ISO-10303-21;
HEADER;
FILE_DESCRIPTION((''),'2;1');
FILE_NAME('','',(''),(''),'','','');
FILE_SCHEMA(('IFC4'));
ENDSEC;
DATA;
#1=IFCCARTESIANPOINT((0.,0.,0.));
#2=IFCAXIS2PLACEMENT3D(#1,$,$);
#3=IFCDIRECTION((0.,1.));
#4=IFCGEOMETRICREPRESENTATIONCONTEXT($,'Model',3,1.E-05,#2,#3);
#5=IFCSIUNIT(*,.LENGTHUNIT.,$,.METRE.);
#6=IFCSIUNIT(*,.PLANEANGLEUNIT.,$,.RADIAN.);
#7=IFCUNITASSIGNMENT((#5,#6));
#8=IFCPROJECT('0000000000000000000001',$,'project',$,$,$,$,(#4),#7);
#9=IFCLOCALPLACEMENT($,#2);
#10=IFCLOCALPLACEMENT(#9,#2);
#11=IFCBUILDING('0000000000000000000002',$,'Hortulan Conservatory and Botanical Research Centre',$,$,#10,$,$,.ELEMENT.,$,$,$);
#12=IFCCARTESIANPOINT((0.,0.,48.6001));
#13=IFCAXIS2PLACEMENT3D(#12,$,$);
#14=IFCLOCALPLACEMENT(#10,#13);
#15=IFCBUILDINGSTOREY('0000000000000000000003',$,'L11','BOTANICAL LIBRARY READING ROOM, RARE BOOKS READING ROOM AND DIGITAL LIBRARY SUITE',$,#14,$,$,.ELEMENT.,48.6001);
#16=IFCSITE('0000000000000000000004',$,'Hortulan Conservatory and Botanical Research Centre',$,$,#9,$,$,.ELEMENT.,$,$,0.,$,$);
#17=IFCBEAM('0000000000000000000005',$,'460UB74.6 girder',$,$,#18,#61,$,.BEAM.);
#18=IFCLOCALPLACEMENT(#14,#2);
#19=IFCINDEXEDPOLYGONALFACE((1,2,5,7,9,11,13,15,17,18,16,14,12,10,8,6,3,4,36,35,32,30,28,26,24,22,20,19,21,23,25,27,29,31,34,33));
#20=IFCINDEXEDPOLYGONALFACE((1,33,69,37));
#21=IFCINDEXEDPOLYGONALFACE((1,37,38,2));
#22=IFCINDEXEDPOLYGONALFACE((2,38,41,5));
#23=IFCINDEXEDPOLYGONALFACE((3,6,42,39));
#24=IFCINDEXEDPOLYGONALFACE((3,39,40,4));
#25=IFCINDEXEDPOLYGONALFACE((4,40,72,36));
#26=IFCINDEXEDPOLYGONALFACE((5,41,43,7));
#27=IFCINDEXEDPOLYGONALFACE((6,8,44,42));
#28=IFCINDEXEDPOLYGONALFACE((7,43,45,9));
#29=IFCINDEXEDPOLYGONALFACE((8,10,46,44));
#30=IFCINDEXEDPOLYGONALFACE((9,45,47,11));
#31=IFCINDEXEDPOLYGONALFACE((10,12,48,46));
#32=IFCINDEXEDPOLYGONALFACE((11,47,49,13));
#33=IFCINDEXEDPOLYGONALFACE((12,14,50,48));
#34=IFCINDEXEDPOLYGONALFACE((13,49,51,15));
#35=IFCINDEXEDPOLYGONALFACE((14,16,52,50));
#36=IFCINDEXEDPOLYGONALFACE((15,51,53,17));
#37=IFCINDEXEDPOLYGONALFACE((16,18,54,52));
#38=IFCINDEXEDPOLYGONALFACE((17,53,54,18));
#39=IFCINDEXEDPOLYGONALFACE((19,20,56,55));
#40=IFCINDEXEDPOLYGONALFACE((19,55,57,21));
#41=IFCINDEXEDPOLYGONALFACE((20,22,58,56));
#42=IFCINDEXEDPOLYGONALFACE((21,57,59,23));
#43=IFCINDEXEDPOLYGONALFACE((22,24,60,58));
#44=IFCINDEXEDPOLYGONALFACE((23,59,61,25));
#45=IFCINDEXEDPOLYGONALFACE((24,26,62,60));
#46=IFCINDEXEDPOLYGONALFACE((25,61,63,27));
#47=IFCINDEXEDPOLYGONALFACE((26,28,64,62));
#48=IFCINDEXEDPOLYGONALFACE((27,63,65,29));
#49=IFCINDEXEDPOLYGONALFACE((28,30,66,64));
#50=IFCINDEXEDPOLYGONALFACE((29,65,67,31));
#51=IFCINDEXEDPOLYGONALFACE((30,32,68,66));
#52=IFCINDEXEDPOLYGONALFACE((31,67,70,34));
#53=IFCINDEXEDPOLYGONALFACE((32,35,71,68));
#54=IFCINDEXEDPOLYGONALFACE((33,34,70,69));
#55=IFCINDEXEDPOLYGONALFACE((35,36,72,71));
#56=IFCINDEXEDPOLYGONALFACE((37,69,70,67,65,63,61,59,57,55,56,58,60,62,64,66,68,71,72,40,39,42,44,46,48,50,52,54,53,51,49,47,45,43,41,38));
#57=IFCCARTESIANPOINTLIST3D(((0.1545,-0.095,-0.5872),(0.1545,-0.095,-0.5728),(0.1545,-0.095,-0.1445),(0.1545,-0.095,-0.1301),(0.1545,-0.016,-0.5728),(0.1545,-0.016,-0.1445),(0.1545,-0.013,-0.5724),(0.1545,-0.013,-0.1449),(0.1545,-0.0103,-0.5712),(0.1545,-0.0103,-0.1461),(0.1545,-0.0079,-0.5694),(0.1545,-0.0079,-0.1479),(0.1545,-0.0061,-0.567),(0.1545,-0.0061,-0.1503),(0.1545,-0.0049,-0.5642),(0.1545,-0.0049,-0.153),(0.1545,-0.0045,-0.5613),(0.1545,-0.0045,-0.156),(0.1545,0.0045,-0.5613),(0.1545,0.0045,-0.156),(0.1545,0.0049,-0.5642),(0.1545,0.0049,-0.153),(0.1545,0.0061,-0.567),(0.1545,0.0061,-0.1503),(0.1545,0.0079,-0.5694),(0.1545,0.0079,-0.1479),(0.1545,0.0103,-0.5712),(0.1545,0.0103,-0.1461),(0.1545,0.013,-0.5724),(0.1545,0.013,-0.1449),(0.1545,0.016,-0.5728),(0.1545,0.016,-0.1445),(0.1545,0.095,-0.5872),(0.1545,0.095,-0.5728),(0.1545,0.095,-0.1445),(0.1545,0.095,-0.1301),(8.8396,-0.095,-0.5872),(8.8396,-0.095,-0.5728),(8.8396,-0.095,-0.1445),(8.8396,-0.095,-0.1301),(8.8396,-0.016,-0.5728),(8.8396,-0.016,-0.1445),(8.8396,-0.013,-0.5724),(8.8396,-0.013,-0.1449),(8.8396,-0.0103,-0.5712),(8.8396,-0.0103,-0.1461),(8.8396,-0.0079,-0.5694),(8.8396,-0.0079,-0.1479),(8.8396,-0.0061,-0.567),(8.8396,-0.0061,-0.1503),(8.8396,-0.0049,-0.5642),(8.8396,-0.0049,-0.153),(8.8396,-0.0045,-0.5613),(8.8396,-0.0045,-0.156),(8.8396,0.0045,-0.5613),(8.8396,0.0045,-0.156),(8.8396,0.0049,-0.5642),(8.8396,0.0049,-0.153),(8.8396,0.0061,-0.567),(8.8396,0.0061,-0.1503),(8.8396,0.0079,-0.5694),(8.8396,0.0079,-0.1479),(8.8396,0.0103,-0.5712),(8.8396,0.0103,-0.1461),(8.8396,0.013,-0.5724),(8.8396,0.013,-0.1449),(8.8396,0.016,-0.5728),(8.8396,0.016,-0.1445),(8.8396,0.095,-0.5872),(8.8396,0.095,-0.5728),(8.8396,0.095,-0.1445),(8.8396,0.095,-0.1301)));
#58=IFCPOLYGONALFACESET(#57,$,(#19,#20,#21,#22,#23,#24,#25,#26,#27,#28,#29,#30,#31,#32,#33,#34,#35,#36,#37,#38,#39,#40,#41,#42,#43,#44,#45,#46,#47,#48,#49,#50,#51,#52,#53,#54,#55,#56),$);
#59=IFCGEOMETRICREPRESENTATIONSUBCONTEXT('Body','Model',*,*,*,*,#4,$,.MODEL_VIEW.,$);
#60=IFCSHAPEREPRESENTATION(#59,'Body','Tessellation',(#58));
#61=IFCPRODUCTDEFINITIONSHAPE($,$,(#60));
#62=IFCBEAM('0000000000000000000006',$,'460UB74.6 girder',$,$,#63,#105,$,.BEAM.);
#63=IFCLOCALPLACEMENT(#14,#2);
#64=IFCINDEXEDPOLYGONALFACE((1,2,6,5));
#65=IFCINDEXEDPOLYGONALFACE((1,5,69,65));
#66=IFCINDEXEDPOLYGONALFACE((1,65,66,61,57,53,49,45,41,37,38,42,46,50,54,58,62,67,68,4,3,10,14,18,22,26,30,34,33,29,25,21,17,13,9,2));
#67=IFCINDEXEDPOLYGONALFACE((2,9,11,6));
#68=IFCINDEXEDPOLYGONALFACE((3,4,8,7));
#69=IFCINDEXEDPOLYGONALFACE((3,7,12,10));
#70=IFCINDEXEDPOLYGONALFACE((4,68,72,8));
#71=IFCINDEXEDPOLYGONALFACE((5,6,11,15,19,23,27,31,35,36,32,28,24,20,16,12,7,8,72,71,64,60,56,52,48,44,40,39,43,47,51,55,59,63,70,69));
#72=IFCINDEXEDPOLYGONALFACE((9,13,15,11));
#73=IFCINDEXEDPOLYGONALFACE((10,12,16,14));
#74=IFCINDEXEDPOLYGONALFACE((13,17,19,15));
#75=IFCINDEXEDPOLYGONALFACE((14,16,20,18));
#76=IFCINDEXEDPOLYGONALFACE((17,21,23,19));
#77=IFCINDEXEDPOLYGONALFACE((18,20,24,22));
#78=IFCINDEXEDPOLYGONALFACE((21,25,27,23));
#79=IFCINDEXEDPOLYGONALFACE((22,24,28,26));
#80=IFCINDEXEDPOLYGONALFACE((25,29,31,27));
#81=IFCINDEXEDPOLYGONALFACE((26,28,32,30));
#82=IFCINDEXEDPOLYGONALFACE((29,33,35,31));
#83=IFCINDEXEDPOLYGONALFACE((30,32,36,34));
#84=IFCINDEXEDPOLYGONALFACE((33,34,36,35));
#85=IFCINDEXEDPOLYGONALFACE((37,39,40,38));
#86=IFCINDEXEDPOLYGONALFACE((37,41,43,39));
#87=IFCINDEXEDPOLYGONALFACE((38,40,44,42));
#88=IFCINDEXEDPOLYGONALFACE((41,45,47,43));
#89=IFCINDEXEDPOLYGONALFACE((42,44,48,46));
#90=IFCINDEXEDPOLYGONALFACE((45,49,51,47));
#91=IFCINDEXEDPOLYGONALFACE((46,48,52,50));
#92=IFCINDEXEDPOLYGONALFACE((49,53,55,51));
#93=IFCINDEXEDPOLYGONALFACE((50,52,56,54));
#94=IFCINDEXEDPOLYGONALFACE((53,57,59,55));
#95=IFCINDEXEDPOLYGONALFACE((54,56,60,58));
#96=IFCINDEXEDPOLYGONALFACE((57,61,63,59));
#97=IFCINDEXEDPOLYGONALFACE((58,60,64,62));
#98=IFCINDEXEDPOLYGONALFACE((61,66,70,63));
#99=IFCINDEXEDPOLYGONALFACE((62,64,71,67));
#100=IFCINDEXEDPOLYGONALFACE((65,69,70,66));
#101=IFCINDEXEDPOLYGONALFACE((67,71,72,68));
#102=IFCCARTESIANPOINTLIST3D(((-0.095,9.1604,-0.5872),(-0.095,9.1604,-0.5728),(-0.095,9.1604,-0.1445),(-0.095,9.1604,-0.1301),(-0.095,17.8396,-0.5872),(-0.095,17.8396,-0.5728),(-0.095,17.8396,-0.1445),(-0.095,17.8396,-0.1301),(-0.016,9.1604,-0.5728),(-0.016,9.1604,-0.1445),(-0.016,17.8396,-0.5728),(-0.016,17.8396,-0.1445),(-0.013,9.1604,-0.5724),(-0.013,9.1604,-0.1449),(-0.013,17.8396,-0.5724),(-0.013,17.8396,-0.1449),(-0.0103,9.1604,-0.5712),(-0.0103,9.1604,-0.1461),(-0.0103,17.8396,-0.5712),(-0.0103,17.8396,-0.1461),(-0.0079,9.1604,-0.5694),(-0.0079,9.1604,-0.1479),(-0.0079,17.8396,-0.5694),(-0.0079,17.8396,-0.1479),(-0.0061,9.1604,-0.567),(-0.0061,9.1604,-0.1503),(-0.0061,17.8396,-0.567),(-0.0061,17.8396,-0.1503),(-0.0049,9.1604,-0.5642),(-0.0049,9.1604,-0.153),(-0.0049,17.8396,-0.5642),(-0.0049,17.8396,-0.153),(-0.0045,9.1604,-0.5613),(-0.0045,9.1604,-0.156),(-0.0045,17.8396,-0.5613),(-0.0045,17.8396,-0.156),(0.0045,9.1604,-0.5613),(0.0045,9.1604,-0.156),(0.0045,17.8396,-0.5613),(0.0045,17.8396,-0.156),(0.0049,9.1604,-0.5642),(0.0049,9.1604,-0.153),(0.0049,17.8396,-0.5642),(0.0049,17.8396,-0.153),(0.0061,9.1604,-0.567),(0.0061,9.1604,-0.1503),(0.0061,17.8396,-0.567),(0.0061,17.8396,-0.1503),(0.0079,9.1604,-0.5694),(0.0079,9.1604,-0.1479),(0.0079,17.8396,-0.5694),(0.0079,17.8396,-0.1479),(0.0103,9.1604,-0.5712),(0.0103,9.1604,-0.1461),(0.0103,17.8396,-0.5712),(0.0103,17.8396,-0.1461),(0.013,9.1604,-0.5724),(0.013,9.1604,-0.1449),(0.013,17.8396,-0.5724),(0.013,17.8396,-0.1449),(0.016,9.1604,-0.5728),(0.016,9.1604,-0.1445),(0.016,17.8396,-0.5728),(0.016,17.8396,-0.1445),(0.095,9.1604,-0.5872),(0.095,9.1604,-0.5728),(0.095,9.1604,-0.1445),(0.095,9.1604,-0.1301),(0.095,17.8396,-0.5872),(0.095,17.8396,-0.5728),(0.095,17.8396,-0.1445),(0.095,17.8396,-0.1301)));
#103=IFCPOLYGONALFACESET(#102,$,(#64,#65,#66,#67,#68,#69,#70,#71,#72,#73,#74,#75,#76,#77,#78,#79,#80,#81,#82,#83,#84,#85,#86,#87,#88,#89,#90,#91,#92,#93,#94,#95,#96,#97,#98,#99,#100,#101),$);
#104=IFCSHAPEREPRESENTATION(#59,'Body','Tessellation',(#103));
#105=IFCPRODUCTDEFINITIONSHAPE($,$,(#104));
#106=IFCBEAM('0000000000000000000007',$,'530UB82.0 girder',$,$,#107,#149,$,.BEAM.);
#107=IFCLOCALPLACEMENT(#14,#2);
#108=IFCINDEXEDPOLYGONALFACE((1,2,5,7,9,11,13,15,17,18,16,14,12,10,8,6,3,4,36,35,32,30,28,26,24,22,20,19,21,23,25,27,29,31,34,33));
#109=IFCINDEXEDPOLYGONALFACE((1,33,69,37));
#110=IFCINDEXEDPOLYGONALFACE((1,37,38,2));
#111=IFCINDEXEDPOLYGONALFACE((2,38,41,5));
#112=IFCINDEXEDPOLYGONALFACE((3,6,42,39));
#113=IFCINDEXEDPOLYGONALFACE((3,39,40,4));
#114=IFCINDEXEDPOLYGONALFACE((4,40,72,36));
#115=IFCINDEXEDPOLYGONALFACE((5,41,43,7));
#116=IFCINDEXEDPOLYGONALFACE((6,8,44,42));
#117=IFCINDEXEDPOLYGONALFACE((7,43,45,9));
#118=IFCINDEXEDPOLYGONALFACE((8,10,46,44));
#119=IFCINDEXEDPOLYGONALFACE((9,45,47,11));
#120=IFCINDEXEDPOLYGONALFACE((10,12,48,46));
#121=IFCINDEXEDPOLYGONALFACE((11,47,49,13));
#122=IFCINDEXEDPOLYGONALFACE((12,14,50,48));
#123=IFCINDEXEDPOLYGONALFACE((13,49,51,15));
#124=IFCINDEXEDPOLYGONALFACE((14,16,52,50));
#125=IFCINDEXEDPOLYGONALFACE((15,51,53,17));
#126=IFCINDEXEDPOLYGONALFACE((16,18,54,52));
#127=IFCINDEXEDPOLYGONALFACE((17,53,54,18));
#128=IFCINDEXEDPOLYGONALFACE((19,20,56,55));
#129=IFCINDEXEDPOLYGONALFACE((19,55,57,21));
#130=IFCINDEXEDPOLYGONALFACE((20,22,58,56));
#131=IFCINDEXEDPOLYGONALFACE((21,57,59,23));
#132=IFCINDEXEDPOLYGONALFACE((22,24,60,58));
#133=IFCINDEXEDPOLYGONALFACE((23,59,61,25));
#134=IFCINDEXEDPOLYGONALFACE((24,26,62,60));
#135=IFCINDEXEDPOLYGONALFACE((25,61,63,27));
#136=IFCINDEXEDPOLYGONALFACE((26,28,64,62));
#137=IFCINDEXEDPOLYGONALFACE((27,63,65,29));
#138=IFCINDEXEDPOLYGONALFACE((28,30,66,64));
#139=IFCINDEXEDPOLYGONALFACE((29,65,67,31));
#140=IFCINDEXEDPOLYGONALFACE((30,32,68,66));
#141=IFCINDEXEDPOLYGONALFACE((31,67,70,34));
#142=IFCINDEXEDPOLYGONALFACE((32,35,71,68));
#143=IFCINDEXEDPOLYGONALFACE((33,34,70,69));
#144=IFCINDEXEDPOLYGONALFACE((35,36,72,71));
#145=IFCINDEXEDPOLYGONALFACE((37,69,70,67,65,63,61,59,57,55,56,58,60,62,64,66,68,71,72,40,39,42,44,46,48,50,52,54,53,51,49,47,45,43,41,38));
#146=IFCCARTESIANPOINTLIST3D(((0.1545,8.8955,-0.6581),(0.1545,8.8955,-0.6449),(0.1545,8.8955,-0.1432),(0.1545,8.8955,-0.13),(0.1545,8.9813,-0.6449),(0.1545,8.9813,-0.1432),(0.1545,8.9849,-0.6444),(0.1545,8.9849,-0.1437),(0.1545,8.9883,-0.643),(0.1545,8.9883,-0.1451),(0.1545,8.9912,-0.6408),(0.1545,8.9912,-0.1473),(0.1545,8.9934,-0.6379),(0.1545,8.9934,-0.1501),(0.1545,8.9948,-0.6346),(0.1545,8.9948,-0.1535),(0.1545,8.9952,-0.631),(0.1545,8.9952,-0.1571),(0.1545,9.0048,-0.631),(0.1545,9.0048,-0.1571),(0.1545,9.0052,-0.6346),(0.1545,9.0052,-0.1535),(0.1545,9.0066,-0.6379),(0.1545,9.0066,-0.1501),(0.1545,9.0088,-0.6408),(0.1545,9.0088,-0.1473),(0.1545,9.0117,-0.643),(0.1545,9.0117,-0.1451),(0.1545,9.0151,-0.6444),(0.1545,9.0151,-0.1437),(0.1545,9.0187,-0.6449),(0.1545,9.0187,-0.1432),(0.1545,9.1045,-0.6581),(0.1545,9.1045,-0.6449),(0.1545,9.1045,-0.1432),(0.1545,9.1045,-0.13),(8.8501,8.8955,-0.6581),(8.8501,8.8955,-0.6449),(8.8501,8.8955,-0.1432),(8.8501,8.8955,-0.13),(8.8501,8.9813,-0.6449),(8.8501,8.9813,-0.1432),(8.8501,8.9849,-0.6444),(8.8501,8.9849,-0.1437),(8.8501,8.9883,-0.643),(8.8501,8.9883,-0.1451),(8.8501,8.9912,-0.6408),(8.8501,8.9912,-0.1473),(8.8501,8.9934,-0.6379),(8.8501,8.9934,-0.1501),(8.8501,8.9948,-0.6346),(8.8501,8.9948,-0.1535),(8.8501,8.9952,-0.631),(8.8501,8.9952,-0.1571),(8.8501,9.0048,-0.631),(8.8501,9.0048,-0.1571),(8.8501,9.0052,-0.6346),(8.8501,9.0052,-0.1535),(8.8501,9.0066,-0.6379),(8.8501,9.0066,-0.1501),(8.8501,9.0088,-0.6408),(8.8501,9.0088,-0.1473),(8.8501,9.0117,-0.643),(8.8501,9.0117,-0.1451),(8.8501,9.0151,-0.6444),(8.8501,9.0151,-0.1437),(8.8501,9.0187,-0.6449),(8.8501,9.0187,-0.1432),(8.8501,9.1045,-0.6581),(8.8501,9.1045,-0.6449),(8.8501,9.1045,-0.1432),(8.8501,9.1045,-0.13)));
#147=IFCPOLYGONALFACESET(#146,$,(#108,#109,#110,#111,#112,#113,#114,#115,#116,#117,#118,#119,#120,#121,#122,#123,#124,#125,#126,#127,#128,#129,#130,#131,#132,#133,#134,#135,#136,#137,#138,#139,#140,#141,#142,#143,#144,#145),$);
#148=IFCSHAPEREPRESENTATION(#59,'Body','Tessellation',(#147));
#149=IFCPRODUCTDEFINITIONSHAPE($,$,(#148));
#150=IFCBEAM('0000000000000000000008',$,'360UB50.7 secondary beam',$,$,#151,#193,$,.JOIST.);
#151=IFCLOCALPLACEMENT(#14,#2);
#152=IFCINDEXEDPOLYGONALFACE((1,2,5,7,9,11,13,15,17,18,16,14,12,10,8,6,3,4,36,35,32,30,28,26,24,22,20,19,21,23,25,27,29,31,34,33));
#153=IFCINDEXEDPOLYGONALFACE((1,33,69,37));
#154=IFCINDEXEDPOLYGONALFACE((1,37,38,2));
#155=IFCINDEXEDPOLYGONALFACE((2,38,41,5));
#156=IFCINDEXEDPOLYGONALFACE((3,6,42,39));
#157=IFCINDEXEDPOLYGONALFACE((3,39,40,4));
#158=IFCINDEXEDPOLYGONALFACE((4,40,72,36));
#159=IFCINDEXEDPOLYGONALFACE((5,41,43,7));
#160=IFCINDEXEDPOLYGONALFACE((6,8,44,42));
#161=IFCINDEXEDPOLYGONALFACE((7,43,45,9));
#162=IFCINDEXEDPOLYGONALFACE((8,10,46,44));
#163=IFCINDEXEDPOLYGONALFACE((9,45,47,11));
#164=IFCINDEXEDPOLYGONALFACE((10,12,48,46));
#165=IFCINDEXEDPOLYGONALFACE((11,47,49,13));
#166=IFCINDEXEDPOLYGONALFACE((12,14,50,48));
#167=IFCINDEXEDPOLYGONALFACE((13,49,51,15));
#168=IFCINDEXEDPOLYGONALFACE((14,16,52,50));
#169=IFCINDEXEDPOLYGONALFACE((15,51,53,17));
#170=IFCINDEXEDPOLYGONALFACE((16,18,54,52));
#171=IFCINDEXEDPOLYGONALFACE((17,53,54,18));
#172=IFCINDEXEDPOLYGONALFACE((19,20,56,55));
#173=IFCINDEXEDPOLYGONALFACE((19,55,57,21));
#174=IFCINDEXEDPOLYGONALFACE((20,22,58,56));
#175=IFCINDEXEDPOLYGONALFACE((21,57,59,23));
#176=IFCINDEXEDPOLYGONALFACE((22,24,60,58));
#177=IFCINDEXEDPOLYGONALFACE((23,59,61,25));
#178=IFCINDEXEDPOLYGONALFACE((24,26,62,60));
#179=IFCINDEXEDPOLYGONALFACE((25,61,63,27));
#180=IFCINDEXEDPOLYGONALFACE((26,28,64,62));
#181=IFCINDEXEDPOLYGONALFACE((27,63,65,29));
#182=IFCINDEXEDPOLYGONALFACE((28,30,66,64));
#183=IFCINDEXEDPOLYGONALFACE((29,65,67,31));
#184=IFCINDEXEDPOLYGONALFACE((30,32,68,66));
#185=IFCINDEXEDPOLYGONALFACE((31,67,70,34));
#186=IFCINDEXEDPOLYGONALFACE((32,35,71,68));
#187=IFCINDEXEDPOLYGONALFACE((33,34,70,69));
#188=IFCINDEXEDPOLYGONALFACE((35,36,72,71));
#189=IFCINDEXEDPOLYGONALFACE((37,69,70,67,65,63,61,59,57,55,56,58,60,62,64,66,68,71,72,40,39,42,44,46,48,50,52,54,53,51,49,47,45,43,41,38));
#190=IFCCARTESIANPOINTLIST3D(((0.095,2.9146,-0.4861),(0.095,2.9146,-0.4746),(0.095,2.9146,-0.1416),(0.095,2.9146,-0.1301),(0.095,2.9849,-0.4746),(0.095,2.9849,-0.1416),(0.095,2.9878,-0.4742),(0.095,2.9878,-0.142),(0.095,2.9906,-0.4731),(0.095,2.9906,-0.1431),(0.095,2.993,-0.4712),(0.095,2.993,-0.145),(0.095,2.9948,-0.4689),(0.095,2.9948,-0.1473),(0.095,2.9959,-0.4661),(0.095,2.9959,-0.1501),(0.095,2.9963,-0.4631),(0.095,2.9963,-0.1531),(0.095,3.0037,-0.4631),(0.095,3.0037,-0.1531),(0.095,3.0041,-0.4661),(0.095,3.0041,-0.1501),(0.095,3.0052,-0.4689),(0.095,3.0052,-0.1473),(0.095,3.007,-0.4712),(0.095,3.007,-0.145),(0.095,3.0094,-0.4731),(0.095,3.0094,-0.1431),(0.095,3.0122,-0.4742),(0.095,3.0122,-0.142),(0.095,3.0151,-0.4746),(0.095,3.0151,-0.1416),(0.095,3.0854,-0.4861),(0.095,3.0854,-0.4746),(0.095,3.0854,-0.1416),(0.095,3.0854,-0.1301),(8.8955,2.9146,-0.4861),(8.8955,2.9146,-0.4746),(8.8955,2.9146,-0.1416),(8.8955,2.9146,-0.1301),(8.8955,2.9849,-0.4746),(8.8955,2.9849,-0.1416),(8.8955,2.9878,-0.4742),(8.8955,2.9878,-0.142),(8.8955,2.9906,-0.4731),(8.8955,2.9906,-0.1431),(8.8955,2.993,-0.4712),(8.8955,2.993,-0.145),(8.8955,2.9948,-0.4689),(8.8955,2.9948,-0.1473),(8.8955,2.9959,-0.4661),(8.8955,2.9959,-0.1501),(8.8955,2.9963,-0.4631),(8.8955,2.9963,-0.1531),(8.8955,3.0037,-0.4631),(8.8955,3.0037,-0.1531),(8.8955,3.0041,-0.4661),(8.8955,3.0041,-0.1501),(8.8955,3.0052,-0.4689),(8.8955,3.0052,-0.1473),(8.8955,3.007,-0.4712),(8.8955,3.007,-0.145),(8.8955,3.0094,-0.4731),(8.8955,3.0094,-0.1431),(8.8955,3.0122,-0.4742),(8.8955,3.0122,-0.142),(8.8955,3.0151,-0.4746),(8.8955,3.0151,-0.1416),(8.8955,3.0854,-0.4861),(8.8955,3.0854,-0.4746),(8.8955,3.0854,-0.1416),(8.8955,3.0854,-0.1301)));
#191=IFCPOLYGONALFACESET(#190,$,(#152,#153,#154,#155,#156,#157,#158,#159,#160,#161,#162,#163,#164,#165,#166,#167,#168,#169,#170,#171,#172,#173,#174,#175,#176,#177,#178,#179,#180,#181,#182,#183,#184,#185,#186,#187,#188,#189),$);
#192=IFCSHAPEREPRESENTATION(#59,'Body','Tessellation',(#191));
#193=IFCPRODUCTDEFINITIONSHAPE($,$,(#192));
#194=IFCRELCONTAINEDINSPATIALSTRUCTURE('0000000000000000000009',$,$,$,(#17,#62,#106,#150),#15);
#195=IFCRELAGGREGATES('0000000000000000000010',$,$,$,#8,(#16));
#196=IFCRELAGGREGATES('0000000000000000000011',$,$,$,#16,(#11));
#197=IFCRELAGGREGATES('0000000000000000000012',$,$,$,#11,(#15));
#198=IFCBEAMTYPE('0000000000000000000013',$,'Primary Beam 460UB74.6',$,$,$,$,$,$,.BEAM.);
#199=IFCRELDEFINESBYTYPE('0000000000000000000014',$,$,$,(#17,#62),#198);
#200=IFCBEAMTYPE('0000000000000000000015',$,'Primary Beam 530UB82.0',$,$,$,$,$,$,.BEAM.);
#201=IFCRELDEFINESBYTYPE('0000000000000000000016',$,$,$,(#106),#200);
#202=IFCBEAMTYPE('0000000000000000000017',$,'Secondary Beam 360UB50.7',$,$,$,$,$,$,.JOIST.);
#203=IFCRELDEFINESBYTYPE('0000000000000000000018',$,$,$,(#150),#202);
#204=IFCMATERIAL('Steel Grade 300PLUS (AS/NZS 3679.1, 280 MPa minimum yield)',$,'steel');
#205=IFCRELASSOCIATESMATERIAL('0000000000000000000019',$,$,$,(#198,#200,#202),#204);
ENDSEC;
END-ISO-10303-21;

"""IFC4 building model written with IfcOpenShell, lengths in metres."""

from ifc_helpers import new_model, si_unit, direction, frame, origin, origin_2d, place, context, subcontext, project, spatial, i_section, extrude, material, material_profile, profile_set, type_object, element, save


model = new_model("IFC4")

# Units and contexts
model_context = context("Model", 3, precision=1e-05, world=origin(), true_north=direction((0.0, 1.0)))
body_context = subcontext(model_context, "Body", "Model", "MODEL_VIEW")
ifc_project = project(units=[si_unit("LENGTHUNIT", "METRE"), si_unit("PLANEANGLEUNIT", "RADIAN")], contexts=[model_context])

# Site, building, storey
site_placement = place(None, origin())
site = spatial("IfcSite", under=ifc_project, at=site_placement, Name="Hortulan Conservatory and Botanical Research Centre", CompositionType="ELEMENT", RefElevation=0.0)
building_placement = place(site_placement, origin())
building = spatial("IfcBuilding", under=site, at=building_placement, Name="Hortulan Conservatory and Botanical Research Centre", CompositionType="ELEMENT")
storey_placement = place(building_placement, frame((0.0, 0.0, 48.6001)))
storey = spatial("IfcBuildingStorey", under=building, at=storey_placement, Name="L11", Description="BOTANICAL LIBRARY READING ROOM, RARE BOOKS READING ROOM AND DIGITAL LIBRARY SUITE", CompositionType="ELEMENT", Elevation=48.6001)

# Shared definitions
ifc_material_1 = material(Name="Steel Grade 300PLUS (AS/NZS 3679.1, 280 MPa minimum yield)", Category="steel")

# Beams
ifc_material_profile_1 = material_profile(ifc_material_1, i_section(OverallWidth=0.1899, OverallDepth=0.457, WebThickness=0.009, FlangeThickness=0.0144, FilletRadius=0.0115, at=origin_2d()), Name="460UB74.6")
ifc_profile_set_1 = profile_set([ifc_material_profile_1], Name="Steel Grade 300PLUS (AS/NZS 3679.1, 280 MPa minimum yield)")
beam_type_1 = type_object("IfcBeamType", Name="Primary Beam 460UB74.6", PredefinedType="BEAM", material=ifc_profile_set_1)
beam_1_placement = place(storey_placement, frame((0.1545, 0.0, -0.3586), z_axis=(1.0, 0.0, 0.0), x_axis=(0.0, 1.0, 0.0)))
element("IfcBeam", 1, at=beam_1_placement, inside=storey, type_object=beam_type_1, Name="460UB74.6 girder", PredefinedType="BEAM", context=body_context, shape_type="SweptSolid", body=[
    extrude(i_section(OverallWidth=0.1899, OverallDepth=0.457, WebThickness=0.009, FlangeThickness=0.0144, FilletRadius=0.0115, at=origin_2d()), origin(), (0.0, 0.0, 1.0), 8.6851),
])
beam_2_placement = place(storey_placement, frame((0.0, 9.1604, -0.3586), z_axis=(0.0, 1.0, 0.0), x_axis=(-1.0, 0.0, 0.0)))
element("IfcBeam", 2, at=beam_2_placement, inside=storey, type_object=beam_type_1, Name="460UB74.6 girder", PredefinedType="BEAM", context=body_context, shape_type="SweptSolid", body=[
    extrude(i_section(OverallWidth=0.1899, OverallDepth=0.457, WebThickness=0.009, FlangeThickness=0.0144, FilletRadius=0.0115, at=origin_2d()), origin(), (0.0, 0.0, 1.0), 8.6792),
])
ifc_material_profile_2 = material_profile(ifc_material_1, i_section(OverallWidth=0.209, OverallDepth=0.5281, WebThickness=0.0095, FlangeThickness=0.0132, FilletRadius=0.0139, at=origin_2d()), Name="530UB82.0")
ifc_profile_set_2 = profile_set([ifc_material_profile_2], Name="Steel Grade 300PLUS (AS/NZS 3679.1, 280 MPa minimum yield)")
beam_type_2 = type_object("IfcBeamType", Name="Primary Beam 530UB82.0", PredefinedType="BEAM", material=ifc_profile_set_2)
beam_3_placement = place(storey_placement, frame((0.1545, 9.0, -0.394), z_axis=(1.0, 0.0, 0.0), x_axis=(0.0, 1.0, 0.0)))
element("IfcBeam", 3, at=beam_3_placement, inside=storey, type_object=beam_type_2, Name="530UB82.0 girder", PredefinedType="BEAM", context=body_context, shape_type="SweptSolid", body=[
    extrude(i_section(OverallWidth=0.209, OverallDepth=0.5281, WebThickness=0.0095, FlangeThickness=0.0132, FilletRadius=0.0139, at=origin_2d()), origin(), (0.0, 0.0, 1.0), 8.6956),
])
ifc_material_profile_3 = material_profile(ifc_material_1, i_section(OverallWidth=0.1709, OverallDepth=0.356, WebThickness=0.0073, FlangeThickness=0.0115, FilletRadius=0.0115, at=origin_2d()), Name="360UB50.7")
ifc_profile_set_3 = profile_set([ifc_material_profile_3], Name="Steel Grade 300PLUS (AS/NZS 3679.1, 280 MPa minimum yield)")
beam_type_3 = type_object("IfcBeamType", Name="Secondary Beam 360UB50.7", PredefinedType="JOIST", material=ifc_profile_set_3)
for number, where, z_axis, x_axis, name in (
    (4, (0.095, 3.0, -0.3081), (1.0, 0.0, 0.0), (0.0, 1.0, 0.0), "360UB50.7 secondary beam"),
):
    element("IfcBeam", number, at=place(storey_placement, frame(where, z_axis=z_axis, x_axis=x_axis)), inside=storey, type_object=beam_type_3, Name=name, PredefinedType="JOIST", context=body_context, shape_type="SweptSolid", body=[
        extrude(i_section(OverallWidth=0.1709, OverallDepth=0.356, WebThickness=0.0073, FlangeThickness=0.0115, FilletRadius=0.0115, at=origin_2d()), origin(), (0.0, 0.0, 1.0), 8.8005),
    ])

save(model, "model.ifc")
